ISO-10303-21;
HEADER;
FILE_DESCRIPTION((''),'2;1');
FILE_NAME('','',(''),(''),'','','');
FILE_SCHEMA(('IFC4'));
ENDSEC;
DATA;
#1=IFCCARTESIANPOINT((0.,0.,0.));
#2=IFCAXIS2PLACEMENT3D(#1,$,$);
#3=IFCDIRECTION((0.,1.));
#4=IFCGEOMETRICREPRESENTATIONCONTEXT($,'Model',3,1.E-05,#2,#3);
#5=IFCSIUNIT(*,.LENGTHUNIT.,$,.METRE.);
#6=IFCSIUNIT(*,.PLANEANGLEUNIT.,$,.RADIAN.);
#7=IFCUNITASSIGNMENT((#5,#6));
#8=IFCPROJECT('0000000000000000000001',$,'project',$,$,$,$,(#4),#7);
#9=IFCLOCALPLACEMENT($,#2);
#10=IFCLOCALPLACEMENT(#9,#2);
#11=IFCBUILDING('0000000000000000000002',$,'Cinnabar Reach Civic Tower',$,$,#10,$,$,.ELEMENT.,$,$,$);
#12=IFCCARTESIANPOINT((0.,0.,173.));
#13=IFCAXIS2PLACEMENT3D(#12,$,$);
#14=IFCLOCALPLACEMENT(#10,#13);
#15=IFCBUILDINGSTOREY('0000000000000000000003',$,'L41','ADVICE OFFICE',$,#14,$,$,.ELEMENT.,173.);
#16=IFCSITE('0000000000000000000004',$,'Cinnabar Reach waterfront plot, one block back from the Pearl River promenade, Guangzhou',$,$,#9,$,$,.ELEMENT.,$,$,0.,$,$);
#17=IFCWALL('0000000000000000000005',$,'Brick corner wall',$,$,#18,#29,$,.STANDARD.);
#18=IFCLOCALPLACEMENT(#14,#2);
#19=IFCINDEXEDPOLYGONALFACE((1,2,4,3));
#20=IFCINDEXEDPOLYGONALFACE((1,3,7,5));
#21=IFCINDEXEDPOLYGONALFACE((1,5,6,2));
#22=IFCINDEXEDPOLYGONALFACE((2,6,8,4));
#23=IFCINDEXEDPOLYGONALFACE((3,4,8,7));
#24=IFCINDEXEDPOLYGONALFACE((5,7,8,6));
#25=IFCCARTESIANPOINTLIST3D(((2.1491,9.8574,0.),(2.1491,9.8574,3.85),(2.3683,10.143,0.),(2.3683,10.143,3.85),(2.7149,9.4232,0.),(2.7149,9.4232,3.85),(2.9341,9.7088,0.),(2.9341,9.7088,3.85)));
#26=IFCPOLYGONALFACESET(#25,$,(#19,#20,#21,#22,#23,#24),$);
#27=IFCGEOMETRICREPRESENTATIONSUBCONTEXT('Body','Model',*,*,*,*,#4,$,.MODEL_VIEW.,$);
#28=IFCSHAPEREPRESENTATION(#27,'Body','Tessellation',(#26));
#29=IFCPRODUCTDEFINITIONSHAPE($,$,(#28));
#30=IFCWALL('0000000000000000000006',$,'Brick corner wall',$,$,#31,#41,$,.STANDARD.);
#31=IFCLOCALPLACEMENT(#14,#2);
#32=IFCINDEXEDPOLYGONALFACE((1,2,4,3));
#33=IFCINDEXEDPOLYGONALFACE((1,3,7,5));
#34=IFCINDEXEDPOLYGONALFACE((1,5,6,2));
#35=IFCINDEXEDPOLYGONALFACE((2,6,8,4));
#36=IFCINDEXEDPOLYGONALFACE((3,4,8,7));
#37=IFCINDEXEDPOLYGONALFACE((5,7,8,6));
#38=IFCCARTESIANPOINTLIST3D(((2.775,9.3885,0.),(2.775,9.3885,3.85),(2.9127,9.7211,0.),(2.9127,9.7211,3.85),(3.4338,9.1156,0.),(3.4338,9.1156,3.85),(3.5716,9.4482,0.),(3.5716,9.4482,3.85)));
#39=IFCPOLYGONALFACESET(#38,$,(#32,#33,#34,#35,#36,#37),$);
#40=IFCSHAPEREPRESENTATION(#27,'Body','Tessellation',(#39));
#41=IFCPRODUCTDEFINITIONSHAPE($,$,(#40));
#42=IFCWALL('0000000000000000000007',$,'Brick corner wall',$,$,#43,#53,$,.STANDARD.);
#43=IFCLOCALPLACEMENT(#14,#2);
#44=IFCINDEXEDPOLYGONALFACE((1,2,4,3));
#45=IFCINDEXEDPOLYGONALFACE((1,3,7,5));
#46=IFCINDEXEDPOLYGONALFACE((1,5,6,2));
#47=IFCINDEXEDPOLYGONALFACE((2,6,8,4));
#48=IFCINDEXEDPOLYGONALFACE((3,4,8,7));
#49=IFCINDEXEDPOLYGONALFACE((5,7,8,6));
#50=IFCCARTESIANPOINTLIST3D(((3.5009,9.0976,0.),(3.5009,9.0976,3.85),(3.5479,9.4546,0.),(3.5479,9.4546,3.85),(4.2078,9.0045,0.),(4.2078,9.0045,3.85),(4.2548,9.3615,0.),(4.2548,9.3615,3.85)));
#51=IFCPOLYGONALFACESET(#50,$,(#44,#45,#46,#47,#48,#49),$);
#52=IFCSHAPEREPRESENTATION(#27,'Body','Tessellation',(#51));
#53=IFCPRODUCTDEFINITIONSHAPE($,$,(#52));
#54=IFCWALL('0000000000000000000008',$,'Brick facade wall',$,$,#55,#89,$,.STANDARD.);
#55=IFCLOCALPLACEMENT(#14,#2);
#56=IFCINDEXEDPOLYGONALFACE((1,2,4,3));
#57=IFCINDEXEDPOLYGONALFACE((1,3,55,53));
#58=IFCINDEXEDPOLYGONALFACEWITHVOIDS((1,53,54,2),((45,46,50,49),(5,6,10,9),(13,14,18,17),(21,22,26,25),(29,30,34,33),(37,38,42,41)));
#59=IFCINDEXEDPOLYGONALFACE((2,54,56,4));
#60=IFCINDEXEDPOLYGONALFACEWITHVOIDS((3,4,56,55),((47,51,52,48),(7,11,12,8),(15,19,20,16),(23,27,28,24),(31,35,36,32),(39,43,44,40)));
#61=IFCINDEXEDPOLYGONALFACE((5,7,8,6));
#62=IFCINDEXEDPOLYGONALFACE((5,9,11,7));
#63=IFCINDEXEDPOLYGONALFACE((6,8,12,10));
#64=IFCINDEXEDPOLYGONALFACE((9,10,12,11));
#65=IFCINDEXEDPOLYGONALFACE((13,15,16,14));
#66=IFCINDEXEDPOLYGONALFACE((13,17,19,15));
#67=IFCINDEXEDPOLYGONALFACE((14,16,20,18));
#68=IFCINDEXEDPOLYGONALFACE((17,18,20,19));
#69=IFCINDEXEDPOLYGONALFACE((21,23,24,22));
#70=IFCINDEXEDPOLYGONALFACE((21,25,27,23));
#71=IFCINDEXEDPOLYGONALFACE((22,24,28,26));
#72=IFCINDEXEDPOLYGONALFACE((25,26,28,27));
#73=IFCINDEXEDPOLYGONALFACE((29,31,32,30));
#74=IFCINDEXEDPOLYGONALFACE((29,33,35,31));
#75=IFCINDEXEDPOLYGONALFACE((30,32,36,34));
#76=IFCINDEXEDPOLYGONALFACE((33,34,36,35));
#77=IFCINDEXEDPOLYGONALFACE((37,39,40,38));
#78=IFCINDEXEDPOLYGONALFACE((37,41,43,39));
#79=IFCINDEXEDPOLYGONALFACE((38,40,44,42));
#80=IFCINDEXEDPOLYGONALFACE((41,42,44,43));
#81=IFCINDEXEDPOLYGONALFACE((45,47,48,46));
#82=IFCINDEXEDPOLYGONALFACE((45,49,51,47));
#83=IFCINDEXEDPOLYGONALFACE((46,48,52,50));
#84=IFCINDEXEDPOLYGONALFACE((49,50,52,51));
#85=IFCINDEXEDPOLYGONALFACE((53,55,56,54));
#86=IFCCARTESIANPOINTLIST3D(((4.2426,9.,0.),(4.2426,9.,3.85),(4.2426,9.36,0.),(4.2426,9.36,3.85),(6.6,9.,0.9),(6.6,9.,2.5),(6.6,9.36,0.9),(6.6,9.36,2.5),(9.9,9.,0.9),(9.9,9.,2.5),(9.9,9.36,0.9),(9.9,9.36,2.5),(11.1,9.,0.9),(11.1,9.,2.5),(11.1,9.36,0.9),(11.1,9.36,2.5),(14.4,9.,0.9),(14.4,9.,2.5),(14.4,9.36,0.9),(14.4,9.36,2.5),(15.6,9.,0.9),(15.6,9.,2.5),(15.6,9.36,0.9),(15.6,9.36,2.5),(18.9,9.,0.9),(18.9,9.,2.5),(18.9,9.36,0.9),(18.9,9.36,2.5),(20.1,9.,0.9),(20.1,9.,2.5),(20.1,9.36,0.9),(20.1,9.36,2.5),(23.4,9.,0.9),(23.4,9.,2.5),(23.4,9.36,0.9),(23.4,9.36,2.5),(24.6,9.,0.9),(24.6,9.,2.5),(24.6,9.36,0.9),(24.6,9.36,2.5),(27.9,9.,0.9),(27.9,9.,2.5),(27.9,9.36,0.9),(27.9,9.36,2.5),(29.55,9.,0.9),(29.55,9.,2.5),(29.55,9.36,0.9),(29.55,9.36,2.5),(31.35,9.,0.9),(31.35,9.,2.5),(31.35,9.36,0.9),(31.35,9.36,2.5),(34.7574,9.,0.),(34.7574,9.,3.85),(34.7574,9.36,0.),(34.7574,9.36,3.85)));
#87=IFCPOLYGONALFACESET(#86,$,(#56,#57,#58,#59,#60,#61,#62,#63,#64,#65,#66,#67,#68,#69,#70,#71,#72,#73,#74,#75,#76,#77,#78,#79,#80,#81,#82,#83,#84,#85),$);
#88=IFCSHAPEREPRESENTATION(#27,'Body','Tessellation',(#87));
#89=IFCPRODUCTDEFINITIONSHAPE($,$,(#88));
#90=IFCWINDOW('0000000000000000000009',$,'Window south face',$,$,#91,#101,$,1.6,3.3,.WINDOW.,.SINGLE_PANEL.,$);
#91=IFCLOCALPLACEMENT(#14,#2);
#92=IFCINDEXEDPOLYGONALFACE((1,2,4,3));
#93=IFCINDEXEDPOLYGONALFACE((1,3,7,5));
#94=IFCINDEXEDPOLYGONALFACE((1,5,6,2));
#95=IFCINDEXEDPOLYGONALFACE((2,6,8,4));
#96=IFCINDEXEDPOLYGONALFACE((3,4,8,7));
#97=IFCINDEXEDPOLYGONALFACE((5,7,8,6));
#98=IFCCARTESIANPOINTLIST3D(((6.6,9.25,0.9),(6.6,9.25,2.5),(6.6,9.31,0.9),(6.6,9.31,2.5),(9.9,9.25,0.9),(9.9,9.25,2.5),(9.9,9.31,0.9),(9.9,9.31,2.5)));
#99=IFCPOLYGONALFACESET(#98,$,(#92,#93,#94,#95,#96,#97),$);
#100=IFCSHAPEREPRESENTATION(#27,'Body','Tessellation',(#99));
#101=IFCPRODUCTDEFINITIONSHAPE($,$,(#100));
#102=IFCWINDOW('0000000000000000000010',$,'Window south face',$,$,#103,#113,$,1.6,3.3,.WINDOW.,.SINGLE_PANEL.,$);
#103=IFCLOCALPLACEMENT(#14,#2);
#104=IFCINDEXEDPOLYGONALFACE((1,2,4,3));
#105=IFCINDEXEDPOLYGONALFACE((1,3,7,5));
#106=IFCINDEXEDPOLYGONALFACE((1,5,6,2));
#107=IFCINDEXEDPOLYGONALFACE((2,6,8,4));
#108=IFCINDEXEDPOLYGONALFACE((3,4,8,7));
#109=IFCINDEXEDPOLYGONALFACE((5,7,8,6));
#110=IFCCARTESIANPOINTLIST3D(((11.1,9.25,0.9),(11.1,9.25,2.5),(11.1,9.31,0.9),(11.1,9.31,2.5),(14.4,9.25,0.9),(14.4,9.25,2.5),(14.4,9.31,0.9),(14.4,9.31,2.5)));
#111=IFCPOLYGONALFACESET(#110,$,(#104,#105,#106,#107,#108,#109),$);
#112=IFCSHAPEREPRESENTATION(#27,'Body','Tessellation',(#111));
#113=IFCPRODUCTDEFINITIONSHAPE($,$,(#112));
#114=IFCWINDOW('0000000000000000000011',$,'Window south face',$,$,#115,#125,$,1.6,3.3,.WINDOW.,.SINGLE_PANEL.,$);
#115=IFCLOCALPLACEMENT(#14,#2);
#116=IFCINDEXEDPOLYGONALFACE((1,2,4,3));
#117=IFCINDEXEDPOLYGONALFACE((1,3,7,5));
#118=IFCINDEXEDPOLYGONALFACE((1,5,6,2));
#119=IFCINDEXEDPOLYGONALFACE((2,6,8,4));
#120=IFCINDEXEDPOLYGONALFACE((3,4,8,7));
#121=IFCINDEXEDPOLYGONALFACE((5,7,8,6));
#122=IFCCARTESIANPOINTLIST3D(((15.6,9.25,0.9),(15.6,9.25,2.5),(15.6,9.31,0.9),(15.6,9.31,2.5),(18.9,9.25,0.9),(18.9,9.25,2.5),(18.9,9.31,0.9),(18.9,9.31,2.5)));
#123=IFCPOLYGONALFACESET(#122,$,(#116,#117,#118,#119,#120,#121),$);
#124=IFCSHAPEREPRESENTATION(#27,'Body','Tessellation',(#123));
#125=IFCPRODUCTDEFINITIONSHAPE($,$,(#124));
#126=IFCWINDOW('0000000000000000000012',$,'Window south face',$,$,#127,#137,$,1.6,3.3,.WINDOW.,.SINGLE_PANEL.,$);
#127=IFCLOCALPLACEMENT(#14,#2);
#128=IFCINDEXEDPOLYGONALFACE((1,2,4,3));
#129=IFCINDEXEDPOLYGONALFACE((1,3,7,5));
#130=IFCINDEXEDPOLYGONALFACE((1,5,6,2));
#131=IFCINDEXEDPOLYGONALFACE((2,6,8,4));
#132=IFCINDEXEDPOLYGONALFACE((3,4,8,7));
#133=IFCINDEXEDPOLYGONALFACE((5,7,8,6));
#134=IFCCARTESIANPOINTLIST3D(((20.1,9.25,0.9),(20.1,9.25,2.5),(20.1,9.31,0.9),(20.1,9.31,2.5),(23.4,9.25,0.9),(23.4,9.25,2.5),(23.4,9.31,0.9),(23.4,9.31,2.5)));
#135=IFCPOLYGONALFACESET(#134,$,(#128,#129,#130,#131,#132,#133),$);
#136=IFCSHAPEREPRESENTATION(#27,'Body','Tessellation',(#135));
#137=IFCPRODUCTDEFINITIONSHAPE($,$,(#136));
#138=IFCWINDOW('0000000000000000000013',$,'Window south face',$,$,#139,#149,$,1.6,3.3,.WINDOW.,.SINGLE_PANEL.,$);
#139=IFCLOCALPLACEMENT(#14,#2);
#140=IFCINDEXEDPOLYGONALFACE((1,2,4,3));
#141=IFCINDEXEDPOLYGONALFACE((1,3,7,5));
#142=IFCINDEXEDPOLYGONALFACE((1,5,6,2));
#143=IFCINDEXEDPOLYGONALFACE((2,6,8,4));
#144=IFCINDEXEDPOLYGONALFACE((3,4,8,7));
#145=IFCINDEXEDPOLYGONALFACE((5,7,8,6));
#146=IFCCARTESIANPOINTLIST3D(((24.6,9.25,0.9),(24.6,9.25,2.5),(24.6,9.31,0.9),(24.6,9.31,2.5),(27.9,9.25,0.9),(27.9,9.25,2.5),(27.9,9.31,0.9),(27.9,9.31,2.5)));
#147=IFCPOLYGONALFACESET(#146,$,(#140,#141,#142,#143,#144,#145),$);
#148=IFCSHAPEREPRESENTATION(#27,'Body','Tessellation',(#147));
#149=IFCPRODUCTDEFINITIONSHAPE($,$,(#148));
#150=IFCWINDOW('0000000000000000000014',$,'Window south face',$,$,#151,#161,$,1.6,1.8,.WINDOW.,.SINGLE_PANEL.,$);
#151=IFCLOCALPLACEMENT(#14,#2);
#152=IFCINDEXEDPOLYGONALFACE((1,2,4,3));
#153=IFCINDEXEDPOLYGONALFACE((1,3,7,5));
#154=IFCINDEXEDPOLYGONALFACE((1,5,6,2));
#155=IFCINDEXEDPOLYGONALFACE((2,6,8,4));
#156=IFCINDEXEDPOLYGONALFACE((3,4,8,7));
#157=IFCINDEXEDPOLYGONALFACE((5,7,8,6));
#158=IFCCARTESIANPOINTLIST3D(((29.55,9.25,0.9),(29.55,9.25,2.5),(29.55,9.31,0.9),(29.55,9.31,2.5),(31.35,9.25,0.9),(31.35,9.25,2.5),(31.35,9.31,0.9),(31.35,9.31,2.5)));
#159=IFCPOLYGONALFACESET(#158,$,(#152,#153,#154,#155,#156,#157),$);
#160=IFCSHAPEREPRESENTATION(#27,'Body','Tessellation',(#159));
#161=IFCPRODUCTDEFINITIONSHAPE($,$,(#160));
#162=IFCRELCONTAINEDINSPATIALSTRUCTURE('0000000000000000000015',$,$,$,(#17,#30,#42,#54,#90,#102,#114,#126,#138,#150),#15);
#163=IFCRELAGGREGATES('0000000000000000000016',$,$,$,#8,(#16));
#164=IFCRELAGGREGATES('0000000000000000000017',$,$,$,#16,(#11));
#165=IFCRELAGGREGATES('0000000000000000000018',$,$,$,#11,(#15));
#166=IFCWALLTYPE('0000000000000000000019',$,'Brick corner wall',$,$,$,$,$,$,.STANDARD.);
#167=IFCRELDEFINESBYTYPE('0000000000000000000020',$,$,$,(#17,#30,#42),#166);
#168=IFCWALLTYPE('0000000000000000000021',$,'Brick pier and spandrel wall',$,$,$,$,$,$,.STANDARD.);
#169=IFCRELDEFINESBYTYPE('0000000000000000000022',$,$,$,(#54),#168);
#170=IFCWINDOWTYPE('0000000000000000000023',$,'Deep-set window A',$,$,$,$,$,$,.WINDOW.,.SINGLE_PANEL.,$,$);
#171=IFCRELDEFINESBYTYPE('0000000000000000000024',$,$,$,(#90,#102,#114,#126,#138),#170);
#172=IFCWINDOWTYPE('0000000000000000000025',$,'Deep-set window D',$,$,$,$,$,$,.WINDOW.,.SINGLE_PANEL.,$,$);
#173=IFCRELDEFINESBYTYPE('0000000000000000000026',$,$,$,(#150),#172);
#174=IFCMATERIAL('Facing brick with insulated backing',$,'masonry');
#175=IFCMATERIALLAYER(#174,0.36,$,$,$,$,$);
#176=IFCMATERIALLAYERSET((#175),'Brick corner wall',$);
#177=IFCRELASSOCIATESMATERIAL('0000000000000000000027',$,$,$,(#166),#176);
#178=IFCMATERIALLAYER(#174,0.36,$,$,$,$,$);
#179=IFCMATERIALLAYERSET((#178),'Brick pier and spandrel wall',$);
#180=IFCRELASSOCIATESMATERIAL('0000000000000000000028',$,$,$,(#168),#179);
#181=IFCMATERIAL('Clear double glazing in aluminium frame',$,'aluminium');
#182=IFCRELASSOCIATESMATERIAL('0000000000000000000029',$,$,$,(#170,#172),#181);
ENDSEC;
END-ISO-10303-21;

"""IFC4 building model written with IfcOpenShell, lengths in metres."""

from ifc_helpers import new_model, si_unit, direction, frame, frame_2d, origin, place, context, subcontext, project, spatial, rectangle, extrude, material, layer, layer_set, type_object, element, fill, save


model = new_model("IFC4")

# Units and contexts
model_context = context("Model", 3, precision=1e-05, world=origin(), true_north=direction((0.0, 1.0)))
body_context = subcontext(model_context, "Body", "Model", "MODEL_VIEW")
ifc_project = project(units=[si_unit("LENGTHUNIT", "METRE"), si_unit("PLANEANGLEUNIT", "RADIAN")], contexts=[model_context])

# Site, building, storey
site_placement = place(None, origin())
site = spatial("IfcSite", under=ifc_project, at=site_placement, Name="Cinnabar Reach waterfront plot, one block back from the Pearl River promenade, Guangzhou", CompositionType="ELEMENT", RefElevation=0.0)
building_placement = place(site_placement, origin())
building = spatial("IfcBuilding", under=site, at=building_placement, Name="Cinnabar Reach Civic Tower", CompositionType="ELEMENT")
storey_placement = place(building_placement, frame((0.0, 0.0, 173.0)))
storey = spatial("IfcBuildingStorey", under=building, at=storey_placement, Name="L41", Description="ADVICE OFFICE", CompositionType="ELEMENT", Elevation=173.0)

# Walls
ifc_material_1 = material(Name="Facing brick with insulated backing", Category="masonry")
ifc_layer_1 = layer(ifc_material_1, 0.36)
ifc_layer_set_1 = layer_set([ifc_layer_1], Name="Brick corner wall")
wall_type_1 = type_object("IfcWallType", Name="Brick corner wall", PredefinedType="STANDARD", material=ifc_layer_set_1)
wall_1_placement = place(storey_placement, frame((2.2587, 10.0002, 0.0), z_axis=(0.0, 0.0, 1.0), x_axis=(0.793322, -0.608802, 0.0)))
element("IfcWall", 1, at=wall_1_placement, inside=storey, type_object=wall_type_1, Name="Brick corner wall", PredefinedType="STANDARD", context=body_context, shape_type="SweptSolid", body=[
    extrude(rectangle(XDim=0.7132, YDim=0.36, at=frame_2d((0.3566, 0.0))), origin(), (0.0, 0.0, 1.0), 3.85),
])
for number, where, z_axis, x_axis, name in (
    (2, (2.8439, 9.5548, 0.0), (0.0, 0.0, 1.0), (0.923872, -0.382703, 0.0), "Brick corner wall"),
    (3, (3.5244, 9.2761, 0.0), (0.0, 0.0, 1.0), (0.991441, -0.130556, 0.0), "Brick corner wall"),
):
    element("IfcWall", number, at=place(storey_placement, frame(where, z_axis=z_axis, x_axis=x_axis)), inside=storey, type_object=wall_type_1, Name=name, PredefinedType="STANDARD", context=body_context, shape_type="SweptSolid", body=[
        extrude(rectangle(XDim=0.7131, YDim=0.36, at=frame_2d((0.3565, 0.0))), origin(), (0.0, 0.0, 1.0), 3.85),
    ])

# Wall, openings, windows
ifc_layer_2 = layer(ifc_material_1, 0.36)
ifc_layer_set_2 = layer_set([ifc_layer_2], Name="Brick pier and spandrel wall")
wall_type_2 = type_object("IfcWallType", Name="Brick pier and spandrel wall", PredefinedType="STANDARD", material=ifc_layer_set_2)
wall_2_placement = place(storey_placement, frame((4.2426, 9.18, 0.0), z_axis=(0.0, 0.0, 1.0), x_axis=(1.0, 0.0, 0.0)))
wall_2 = element("IfcWall", 4, at=wall_2_placement, inside=storey, type_object=wall_type_2, Name="Brick facade wall", PredefinedType="STANDARD", context=body_context, shape_type="SweptSolid", body=[
    extrude(rectangle(XDim=30.5148, YDim=0.36, at=frame_2d((15.2574, 0.0))), origin(), (0.0, 0.0, 1.0), 3.85),
])
opening_1_placement = place(wall_2_placement, frame((2.3574, 0.0, 0.9)))
opening_1 = element("IfcOpeningElement", 5, at=opening_1_placement, cuts=wall_2, PredefinedType="OPENING", context=body_context, shape_type="SweptSolid", body=[
    extrude(rectangle(XDim=3.3, YDim=1.6, at=frame_2d((1.65, 0.8))), frame((0.0, 0.19, 0.0), z_axis=(0.0, -1.0, 0.0), x_axis=(1.0, 0.0, 0.0)), (0.0, 0.0, 1.0), 0.38),
])
opening_2_placement = place(wall_2_placement, frame((6.8574, 0.0, 0.9)))
opening_2 = element("IfcOpeningElement", 6, at=opening_2_placement, cuts=wall_2, PredefinedType="OPENING", context=body_context, shape_type="SweptSolid", body=[
    extrude(rectangle(XDim=3.3, YDim=1.6, at=frame_2d((1.65, 0.8))), frame((0.0, 0.19, 0.0), z_axis=(0.0, -1.0, 0.0), x_axis=(1.0, 0.0, 0.0)), (0.0, 0.0, 1.0), 0.38),
])
opening_3_placement = place(wall_2_placement, frame((11.3574, 0.0, 0.9)))
opening_3 = element("IfcOpeningElement", 7, at=opening_3_placement, cuts=wall_2, PredefinedType="OPENING", context=body_context, shape_type="SweptSolid", body=[
    extrude(rectangle(XDim=3.3, YDim=1.6, at=frame_2d((1.65, 0.8))), frame((0.0, 0.19, 0.0), z_axis=(0.0, -1.0, 0.0), x_axis=(1.0, 0.0, 0.0)), (0.0, 0.0, 1.0), 0.38),
])
opening_4_placement = place(wall_2_placement, frame((15.8574, 0.0, 0.9)))
opening_4 = element("IfcOpeningElement", 8, at=opening_4_placement, cuts=wall_2, PredefinedType="OPENING", context=body_context, shape_type="SweptSolid", body=[
    extrude(rectangle(XDim=3.3, YDim=1.6, at=frame_2d((1.65, 0.8))), frame((0.0, 0.19, 0.0), z_axis=(0.0, -1.0, 0.0), x_axis=(1.0, 0.0, 0.0)), (0.0, 0.0, 1.0), 0.38),
])
opening_5_placement = place(wall_2_placement, frame((20.3574, 0.0, 0.9)))
opening_5 = element("IfcOpeningElement", 9, at=opening_5_placement, cuts=wall_2, PredefinedType="OPENING", context=body_context, shape_type="SweptSolid", body=[
    extrude(rectangle(XDim=3.3, YDim=1.6, at=frame_2d((1.65, 0.8))), frame((0.0, 0.19, 0.0), z_axis=(0.0, -1.0, 0.0), x_axis=(1.0, 0.0, 0.0)), (0.0, 0.0, 1.0), 0.38),
])
opening_6_placement = place(wall_2_placement, frame((25.3074, 0.0, 0.9)))
opening_6 = element("IfcOpeningElement", 10, at=opening_6_placement, cuts=wall_2, PredefinedType="OPENING", context=body_context, shape_type="SweptSolid", body=[
    extrude(rectangle(XDim=1.8, YDim=1.6, at=frame_2d((0.9, 0.8))), frame((0.0, 0.19, 0.0), z_axis=(0.0, -1.0, 0.0), x_axis=(1.0, 0.0, 0.0)), (0.0, 0.0, 1.0), 0.38),
])
ifc_material_2 = material(Name="Clear double glazing in aluminium frame", Category="aluminium")
window_type_1 = type_object("IfcWindowType", Name="Deep-set window A", PartitioningType="SINGLE_PANEL", PredefinedType="WINDOW", material=ifc_material_2)
window_1_placement = place(opening_1_placement, origin())
window_1 = element("IfcWindow", 11, at=window_1_placement, inside=storey, type_object=window_type_1, Name="Window south face", OverallHeight=1.6, OverallWidth=3.3, PartitioningType="SINGLE_PANEL", PredefinedType="WINDOW", context=body_context, shape_type="SweptSolid", body=[
    extrude(rectangle(XDim=3.3, YDim=1.6, at=frame_2d((1.65, 0.8))), frame((0.0, 0.13, 0.0), z_axis=(0.0, -1.0, 0.0), x_axis=(1.0, 0.0, 0.0)), (0.0, 0.0, 1.0), 0.06),
])
fill(opening_1, window_1)
window_2_placement = place(opening_2_placement, origin())
window_2 = element("IfcWindow", 12, at=window_2_placement, inside=storey, type_object=window_type_1, Name="Window south face", OverallHeight=1.6, OverallWidth=3.3, PartitioningType="SINGLE_PANEL", PredefinedType="WINDOW", context=body_context, shape_type="SweptSolid", body=[
    extrude(rectangle(XDim=3.3, YDim=1.6, at=frame_2d((1.65, 0.8))), frame((0.0, 0.13, 0.0), z_axis=(0.0, -1.0, 0.0), x_axis=(1.0, 0.0, 0.0)), (0.0, 0.0, 1.0), 0.06),
])
fill(opening_2, window_2)
window_3_placement = place(opening_3_placement, origin())
window_3 = element("IfcWindow", 13, at=window_3_placement, inside=storey, type_object=window_type_1, Name="Window south face", OverallHeight=1.6, OverallWidth=3.3, PartitioningType="SINGLE_PANEL", PredefinedType="WINDOW", context=body_context, shape_type="SweptSolid", body=[
    extrude(rectangle(XDim=3.3, YDim=1.6, at=frame_2d((1.65, 0.8))), frame((0.0, 0.13, 0.0), z_axis=(0.0, -1.0, 0.0), x_axis=(1.0, 0.0, 0.0)), (0.0, 0.0, 1.0), 0.06),
])
fill(opening_3, window_3)
window_4_placement = place(opening_4_placement, origin())
window_4 = element("IfcWindow", 14, at=window_4_placement, inside=storey, type_object=window_type_1, Name="Window south face", OverallHeight=1.6, OverallWidth=3.3, PartitioningType="SINGLE_PANEL", PredefinedType="WINDOW", context=body_context, shape_type="SweptSolid", body=[
    extrude(rectangle(XDim=3.3, YDim=1.6, at=frame_2d((1.65, 0.8))), frame((0.0, 0.13, 0.0), z_axis=(0.0, -1.0, 0.0), x_axis=(1.0, 0.0, 0.0)), (0.0, 0.0, 1.0), 0.06),
])
fill(opening_4, window_4)
window_5_placement = place(opening_5_placement, origin())
window_5 = element("IfcWindow", 15, at=window_5_placement, inside=storey, type_object=window_type_1, Name="Window south face", OverallHeight=1.6, OverallWidth=3.3, PartitioningType="SINGLE_PANEL", PredefinedType="WINDOW", context=body_context, shape_type="SweptSolid", body=[
    extrude(rectangle(XDim=3.3, YDim=1.6, at=frame_2d((1.65, 0.8))), frame((0.0, 0.13, 0.0), z_axis=(0.0, -1.0, 0.0), x_axis=(1.0, 0.0, 0.0)), (0.0, 0.0, 1.0), 0.06),
])
fill(opening_5, window_5)
window_type_2 = type_object("IfcWindowType", Name="Deep-set window D", PartitioningType="SINGLE_PANEL", PredefinedType="WINDOW", material=ifc_material_2)
window_6_placement = place(opening_6_placement, origin())
window_6 = element("IfcWindow", 16, at=window_6_placement, inside=storey, type_object=window_type_2, Name="Window south face", OverallHeight=1.6, OverallWidth=1.8, PartitioningType="SINGLE_PANEL", PredefinedType="WINDOW", context=body_context, shape_type="SweptSolid", body=[
    extrude(rectangle(XDim=1.8, YDim=1.6, at=frame_2d((0.9, 0.8))), frame((0.0, 0.13, 0.0), z_axis=(0.0, -1.0, 0.0), x_axis=(1.0, 0.0, 0.0)), (0.0, 0.0, 1.0), 0.06),
])
fill(opening_6, window_6)

save(model, "model.ifc")
